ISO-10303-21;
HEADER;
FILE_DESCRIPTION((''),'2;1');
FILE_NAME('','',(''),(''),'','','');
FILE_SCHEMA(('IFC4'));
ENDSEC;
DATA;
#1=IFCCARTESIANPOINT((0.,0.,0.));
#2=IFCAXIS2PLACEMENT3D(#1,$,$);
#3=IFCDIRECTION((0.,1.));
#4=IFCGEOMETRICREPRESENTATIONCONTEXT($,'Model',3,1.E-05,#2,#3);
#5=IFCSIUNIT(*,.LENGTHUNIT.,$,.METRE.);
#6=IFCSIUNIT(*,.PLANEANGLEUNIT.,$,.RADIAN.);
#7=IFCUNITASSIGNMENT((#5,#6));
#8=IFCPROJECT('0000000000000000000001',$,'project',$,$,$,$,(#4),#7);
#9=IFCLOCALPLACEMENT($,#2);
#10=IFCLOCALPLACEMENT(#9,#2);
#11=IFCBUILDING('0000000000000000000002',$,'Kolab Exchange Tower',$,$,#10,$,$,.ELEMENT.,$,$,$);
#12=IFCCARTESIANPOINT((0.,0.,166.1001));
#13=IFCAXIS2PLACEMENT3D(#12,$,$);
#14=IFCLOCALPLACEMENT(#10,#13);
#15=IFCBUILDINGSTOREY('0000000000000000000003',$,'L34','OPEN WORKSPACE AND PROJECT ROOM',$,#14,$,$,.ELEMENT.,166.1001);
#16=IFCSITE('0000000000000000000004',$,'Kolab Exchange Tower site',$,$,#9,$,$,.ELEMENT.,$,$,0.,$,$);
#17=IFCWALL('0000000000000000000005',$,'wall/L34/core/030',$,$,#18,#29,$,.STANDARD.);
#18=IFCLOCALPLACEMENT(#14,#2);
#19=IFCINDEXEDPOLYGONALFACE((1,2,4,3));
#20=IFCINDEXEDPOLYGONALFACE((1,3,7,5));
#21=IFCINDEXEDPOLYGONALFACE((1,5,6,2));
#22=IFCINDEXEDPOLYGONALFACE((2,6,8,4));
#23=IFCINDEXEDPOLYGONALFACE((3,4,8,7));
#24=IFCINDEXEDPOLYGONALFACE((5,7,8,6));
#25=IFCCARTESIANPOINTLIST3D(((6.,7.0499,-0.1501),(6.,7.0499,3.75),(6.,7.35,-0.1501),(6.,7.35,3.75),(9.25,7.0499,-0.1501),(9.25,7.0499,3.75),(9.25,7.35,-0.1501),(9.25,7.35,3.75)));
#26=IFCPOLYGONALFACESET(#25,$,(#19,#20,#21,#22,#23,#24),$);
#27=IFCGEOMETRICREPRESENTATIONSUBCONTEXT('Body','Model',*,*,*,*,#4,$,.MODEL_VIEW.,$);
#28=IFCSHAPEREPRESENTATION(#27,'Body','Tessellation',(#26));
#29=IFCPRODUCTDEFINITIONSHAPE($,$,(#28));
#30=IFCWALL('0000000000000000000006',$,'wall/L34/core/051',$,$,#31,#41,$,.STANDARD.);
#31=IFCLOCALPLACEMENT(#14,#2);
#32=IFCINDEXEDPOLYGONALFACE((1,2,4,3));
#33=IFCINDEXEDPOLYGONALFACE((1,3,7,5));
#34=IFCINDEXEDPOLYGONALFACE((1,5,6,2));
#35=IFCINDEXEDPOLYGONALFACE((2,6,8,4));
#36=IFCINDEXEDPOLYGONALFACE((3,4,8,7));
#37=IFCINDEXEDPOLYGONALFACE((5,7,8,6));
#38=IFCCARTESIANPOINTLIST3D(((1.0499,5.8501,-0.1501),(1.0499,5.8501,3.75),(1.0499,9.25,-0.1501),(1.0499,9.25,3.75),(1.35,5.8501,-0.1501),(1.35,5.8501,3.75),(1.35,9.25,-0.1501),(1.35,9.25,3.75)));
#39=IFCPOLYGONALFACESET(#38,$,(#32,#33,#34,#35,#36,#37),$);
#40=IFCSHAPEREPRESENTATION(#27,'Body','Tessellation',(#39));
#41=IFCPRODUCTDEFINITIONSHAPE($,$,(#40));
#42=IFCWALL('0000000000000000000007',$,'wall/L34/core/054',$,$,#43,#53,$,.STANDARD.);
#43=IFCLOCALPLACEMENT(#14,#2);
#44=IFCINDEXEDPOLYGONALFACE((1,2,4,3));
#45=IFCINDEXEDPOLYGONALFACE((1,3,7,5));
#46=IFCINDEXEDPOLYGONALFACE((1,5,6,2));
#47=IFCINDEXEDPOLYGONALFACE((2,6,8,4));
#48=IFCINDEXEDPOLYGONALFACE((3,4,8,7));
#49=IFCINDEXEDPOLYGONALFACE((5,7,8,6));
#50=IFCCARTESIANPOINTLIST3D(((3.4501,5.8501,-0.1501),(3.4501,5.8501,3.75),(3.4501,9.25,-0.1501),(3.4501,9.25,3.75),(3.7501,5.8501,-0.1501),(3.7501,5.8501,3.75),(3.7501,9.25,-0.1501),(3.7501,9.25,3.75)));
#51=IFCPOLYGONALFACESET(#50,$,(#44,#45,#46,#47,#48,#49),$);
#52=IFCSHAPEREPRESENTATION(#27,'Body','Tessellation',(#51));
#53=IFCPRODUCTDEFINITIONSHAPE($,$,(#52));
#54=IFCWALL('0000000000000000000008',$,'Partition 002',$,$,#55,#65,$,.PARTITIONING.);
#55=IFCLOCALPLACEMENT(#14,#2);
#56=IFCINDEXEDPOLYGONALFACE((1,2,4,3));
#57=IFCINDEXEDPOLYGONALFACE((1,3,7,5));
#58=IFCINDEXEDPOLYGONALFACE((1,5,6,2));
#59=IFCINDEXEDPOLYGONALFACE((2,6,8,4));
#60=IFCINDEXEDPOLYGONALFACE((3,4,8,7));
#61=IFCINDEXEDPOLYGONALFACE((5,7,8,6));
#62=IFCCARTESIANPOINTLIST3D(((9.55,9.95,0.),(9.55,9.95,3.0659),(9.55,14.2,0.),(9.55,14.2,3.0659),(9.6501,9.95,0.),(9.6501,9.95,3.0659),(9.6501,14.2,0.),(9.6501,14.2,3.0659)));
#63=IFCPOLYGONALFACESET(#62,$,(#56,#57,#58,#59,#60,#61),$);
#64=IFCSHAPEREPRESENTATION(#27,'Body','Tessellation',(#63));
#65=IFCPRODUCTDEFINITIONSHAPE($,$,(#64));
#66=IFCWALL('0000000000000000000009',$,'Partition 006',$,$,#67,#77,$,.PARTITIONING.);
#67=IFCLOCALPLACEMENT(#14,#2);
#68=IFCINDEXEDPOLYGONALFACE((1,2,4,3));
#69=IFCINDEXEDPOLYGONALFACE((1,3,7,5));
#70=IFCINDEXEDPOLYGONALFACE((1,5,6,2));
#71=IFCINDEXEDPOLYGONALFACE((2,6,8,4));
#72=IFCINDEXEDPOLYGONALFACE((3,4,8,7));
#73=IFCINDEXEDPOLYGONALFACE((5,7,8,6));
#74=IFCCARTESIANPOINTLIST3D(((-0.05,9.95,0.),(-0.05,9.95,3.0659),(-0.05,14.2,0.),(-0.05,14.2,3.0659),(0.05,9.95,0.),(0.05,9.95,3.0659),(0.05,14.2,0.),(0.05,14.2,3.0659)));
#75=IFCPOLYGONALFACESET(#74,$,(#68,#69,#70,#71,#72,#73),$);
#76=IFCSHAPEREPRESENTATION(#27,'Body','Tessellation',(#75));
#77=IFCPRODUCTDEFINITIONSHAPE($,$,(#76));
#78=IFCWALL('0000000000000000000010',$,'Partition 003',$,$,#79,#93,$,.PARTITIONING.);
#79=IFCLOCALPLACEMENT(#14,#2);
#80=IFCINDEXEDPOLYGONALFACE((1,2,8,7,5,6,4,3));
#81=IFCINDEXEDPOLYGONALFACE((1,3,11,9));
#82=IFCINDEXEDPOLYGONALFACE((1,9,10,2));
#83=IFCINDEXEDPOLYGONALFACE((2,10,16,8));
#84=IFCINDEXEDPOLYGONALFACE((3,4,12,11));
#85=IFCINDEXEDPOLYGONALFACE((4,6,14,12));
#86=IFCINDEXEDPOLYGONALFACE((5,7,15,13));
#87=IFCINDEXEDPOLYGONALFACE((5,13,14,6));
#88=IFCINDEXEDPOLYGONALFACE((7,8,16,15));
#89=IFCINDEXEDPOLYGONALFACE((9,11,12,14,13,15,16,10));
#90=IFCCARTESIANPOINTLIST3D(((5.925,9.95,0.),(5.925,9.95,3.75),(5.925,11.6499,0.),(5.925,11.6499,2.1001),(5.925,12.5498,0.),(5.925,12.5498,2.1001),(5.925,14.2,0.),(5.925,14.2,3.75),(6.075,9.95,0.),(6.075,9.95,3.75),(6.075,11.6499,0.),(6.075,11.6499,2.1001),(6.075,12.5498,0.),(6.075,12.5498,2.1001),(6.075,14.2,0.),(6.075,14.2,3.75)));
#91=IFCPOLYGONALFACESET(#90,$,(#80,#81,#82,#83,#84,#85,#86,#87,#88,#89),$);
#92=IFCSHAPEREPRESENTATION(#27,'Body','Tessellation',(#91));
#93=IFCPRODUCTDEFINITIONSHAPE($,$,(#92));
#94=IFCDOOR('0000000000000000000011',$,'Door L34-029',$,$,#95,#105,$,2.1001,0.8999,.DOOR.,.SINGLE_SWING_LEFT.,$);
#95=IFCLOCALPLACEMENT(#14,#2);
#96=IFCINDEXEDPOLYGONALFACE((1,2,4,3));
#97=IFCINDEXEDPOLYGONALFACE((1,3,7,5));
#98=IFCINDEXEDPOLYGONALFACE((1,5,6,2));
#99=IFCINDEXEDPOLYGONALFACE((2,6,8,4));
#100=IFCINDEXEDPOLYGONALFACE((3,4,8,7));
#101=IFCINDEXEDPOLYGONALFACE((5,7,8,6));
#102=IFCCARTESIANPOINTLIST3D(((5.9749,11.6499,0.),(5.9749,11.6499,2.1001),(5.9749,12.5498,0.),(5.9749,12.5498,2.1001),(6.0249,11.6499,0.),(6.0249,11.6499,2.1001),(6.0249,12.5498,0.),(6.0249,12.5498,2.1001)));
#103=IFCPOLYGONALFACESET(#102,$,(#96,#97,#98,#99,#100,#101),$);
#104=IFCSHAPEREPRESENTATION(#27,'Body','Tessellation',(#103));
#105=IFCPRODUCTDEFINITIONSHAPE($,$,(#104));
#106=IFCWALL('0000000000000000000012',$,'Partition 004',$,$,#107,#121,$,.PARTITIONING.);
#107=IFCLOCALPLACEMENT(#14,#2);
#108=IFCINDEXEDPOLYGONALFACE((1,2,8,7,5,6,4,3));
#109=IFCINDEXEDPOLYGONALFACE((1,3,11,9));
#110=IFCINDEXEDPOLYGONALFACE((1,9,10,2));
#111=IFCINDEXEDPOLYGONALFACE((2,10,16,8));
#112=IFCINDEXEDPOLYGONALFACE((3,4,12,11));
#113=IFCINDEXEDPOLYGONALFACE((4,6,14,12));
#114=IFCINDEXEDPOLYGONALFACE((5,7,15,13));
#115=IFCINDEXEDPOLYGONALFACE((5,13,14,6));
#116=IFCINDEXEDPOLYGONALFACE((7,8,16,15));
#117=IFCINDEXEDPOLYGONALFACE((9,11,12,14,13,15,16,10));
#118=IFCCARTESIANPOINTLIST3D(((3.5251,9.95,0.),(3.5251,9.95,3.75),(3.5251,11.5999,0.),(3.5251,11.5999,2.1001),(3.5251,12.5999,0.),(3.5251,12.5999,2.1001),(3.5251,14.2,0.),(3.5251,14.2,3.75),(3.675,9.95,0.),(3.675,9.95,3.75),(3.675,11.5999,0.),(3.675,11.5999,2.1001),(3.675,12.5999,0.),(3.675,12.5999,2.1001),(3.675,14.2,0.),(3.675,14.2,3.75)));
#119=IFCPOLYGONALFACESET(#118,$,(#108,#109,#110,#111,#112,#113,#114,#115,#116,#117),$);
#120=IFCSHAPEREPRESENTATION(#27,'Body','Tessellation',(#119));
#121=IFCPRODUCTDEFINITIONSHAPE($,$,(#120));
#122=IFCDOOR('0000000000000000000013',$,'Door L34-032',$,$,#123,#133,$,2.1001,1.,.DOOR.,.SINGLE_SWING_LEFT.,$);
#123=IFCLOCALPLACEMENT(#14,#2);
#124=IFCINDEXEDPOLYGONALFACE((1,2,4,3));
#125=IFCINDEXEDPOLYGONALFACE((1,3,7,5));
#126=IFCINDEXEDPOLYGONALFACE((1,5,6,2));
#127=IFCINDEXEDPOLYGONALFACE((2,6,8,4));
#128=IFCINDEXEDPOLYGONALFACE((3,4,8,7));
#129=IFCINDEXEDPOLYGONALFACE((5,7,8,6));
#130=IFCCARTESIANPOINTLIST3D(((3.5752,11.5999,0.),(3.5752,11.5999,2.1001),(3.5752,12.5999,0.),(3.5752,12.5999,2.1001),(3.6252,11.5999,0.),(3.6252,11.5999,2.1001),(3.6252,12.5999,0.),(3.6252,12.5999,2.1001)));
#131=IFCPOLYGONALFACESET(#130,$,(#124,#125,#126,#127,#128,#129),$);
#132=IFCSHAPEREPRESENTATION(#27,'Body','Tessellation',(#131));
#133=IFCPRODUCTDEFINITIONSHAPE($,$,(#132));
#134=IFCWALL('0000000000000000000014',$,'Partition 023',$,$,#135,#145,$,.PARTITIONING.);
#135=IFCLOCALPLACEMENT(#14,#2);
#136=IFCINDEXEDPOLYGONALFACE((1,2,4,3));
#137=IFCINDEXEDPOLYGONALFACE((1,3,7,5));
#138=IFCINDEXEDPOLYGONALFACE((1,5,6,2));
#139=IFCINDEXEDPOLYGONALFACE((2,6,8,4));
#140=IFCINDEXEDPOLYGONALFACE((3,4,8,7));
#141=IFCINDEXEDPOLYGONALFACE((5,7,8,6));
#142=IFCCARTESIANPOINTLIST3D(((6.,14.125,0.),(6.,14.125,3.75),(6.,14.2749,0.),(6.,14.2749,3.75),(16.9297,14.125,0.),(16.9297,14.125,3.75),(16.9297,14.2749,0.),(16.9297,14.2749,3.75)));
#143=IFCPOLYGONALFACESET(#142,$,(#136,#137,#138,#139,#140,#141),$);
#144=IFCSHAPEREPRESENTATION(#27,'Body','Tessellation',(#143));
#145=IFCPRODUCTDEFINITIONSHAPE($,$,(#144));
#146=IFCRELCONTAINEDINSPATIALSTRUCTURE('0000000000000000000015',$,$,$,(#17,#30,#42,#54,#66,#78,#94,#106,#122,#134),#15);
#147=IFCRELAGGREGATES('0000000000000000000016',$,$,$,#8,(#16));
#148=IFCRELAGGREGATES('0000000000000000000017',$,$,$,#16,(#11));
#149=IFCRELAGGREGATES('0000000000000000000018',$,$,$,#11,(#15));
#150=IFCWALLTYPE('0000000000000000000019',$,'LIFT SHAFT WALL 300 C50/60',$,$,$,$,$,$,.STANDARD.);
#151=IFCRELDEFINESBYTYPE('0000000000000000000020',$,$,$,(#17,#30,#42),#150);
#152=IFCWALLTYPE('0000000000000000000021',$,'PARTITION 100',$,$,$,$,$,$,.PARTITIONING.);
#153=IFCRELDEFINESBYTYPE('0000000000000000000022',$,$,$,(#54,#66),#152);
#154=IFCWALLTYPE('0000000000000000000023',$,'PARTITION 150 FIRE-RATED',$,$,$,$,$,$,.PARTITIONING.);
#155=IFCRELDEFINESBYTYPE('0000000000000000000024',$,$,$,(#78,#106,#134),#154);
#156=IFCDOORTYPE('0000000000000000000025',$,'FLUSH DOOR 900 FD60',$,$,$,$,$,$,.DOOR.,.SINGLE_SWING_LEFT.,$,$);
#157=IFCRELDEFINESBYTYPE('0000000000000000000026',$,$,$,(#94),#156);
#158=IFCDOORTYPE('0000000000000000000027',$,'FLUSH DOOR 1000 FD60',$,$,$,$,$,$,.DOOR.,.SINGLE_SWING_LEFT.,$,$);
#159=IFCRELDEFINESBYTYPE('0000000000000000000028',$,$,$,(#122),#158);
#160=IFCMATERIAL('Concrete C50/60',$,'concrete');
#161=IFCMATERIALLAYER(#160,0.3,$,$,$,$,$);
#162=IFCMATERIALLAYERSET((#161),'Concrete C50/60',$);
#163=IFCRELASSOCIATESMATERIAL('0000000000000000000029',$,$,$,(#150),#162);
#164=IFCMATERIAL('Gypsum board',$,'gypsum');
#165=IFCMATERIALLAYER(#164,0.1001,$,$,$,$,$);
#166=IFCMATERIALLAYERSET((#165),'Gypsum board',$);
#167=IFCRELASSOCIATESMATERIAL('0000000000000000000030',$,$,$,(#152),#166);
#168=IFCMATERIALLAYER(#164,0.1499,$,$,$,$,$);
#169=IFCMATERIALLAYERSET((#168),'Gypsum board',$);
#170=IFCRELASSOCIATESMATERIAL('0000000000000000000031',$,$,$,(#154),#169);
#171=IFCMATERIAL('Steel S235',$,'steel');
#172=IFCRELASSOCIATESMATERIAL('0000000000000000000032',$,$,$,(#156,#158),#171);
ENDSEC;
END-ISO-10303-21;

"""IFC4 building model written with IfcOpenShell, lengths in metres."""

from ifc_helpers import new_model, si_unit, direction, frame, frame_2d, origin, place, context, subcontext, project, spatial, rectangle, extrude, material, layer, layer_set, type_object, element, fill, save


model = new_model("IFC4")

# Units and contexts
model_context = context("Model", 3, precision=1e-05, world=origin(), true_north=direction((0.0, 1.0)))
body_context = subcontext(model_context, "Body", "Model", "MODEL_VIEW")
ifc_project = project(units=[si_unit("LENGTHUNIT", "METRE"), si_unit("PLANEANGLEUNIT", "RADIAN")], contexts=[model_context])

# Site, building, storey
site_placement = place(None, origin())
site = spatial("IfcSite", under=ifc_project, at=site_placement, Name="Kolab Exchange Tower site", CompositionType="ELEMENT", RefElevation=0.0)
building_placement = place(site_placement, origin())
building = spatial("IfcBuilding", under=site, at=building_placement, Name="Kolab Exchange Tower", CompositionType="ELEMENT")
storey_placement = place(building_placement, frame((0.0, 0.0, 166.1001)))
storey = spatial("IfcBuildingStorey", under=building, at=storey_placement, Name="L34", Description="OPEN WORKSPACE AND PROJECT ROOM", CompositionType="ELEMENT", Elevation=166.1001)

# Shared definitions
ifc_material_1 = material(Name="Concrete C50/60", Category="concrete")
ifc_layer_1 = layer(ifc_material_1, 0.3)
ifc_layer_set_1 = layer_set([ifc_layer_1], Name="Concrete C50/60")
wall_type_1 = type_object("IfcWallType", Name="LIFT SHAFT WALL 300 C50/60", PredefinedType="STANDARD", material=ifc_layer_set_1)

# Walls
wall_1_placement = place(storey_placement, frame((6.0, 7.2, -0.1501), z_axis=(0.0, 0.0, 1.0), x_axis=(1.0, 0.0, 0.0)))
element("IfcWall", 1, at=wall_1_placement, inside=storey, type_object=wall_type_1, Name="wall/L34/core/030", PredefinedType="STANDARD", context=body_context, shape_type="SweptSolid", body=[
    extrude(rectangle(XDim=3.25, YDim=0.3, at=frame_2d((1.625, 0.0))), origin(), (0.0, 0.0, 1.0), 3.9001),
])
for number, where, z_axis, x_axis, name in (
    (2, (1.2, 5.8501, -0.1501), (0.0, 0.0, 1.0), (0.0, 1.0, 0.0), "wall/L34/core/051"),
    (3, (3.6001, 5.8501, -0.1501), (0.0, 0.0, 1.0), (0.0, 1.0, 0.0), "wall/L34/core/054"),
):
    element("IfcWall", number, at=place(storey_placement, frame(where, z_axis=z_axis, x_axis=x_axis)), inside=storey, type_object=wall_type_1, Name=name, PredefinedType="STANDARD", context=body_context, shape_type="SweptSolid", body=[
        extrude(rectangle(XDim=3.3999, YDim=0.3, at=frame_2d((1.7, 0.0))), origin(), (0.0, 0.0, 1.0), 3.9001),
    ])
ifc_material_2 = material(Name="Gypsum board", Category="gypsum")
ifc_layer_2 = layer(ifc_material_2, 0.1001)
ifc_layer_set_2 = layer_set([ifc_layer_2], Name="Gypsum board")
wall_type_2 = type_object("IfcWallType", Name="PARTITION 100", PredefinedType="PARTITIONING", material=ifc_layer_set_2)
for number, where, z_axis, x_axis, name in (
    (4, (9.6001, 9.95, 0.0), (0.0, 0.0, 1.0), (0.0, 1.0, 0.0), "Partition 002"),
    (5, (0.0, 9.95, 0.0), (0.0, 0.0, 1.0), (0.0, 1.0, 0.0), "Partition 006"),
):
    element("IfcWall", number, at=place(storey_placement, frame(where, z_axis=z_axis, x_axis=x_axis)), inside=storey, type_object=wall_type_2, Name=name, PredefinedType="PARTITIONING", context=body_context, shape_type="SweptSolid", body=[
        extrude(rectangle(XDim=4.25, YDim=0.1001, at=frame_2d((2.125, 0.0))), origin(), (0.0, 0.0, 1.0), 3.0659),
    ])

# Walls, openings, doors
ifc_layer_3 = layer(ifc_material_2, 0.1499)
ifc_layer_set_3 = layer_set([ifc_layer_3], Name="Gypsum board")
wall_type_3 = type_object("IfcWallType", Name="PARTITION 150 FIRE-RATED", PredefinedType="PARTITIONING", material=ifc_layer_set_3)
wall_2_placement = place(storey_placement, frame((6.0, 9.95, 0.0), z_axis=(0.0, 0.0, 1.0), x_axis=(0.0, 1.0, 0.0)))
wall_2 = element("IfcWall", 6, at=wall_2_placement, inside=storey, type_object=wall_type_3, Name="Partition 003", PredefinedType="PARTITIONING", context=body_context, shape_type="SweptSolid", body=[
    extrude(rectangle(XDim=4.25, YDim=0.1499, at=frame_2d((2.125, 0.0))), origin(), (0.0, 0.0, 1.0), 3.75),
])
opening_1_placement = place(wall_2_placement, frame((1.7, 0.0, 0.0)))
opening_1 = element("IfcOpeningElement", 7, at=opening_1_placement, cuts=wall_2, PredefinedType="OPENING", context=body_context, shape_type="SweptSolid", body=[
    extrude(rectangle(XDim=0.8999, YDim=2.1001, at=frame_2d((0.45, 1.05))), frame((0.0, 0.085, 0.0), z_axis=(0.0, -1.0, 0.0), x_axis=(1.0, 0.0, 0.0)), (0.0, 0.0, 1.0), 0.1699),
])
ifc_material_3 = material(Name="Steel S235", Category="steel")
door_type_1 = type_object("IfcDoorType", Name="FLUSH DOOR 900 FD60", OperationType="SINGLE_SWING_LEFT", PredefinedType="DOOR", material=ifc_material_3)
door_1_placement = place(opening_1_placement, frame((0.8999, 0.0, 0.0), z_axis=(0.0, 0.0, 1.0), x_axis=(-1.0, 0.0, 0.0)))
door_1 = element("IfcDoor", 8, at=door_1_placement, inside=storey, type_object=door_type_1, Name="Door L34-029", OperationType="SINGLE_SWING_LEFT", OverallHeight=2.1001, OverallWidth=0.8999, PredefinedType="DOOR", context=body_context, shape_type="SweptSolid", body=[
    extrude(rectangle(XDim=0.8999, YDim=2.1001, at=frame_2d((0.45, 1.05))), frame((0.0, 0.0249, 0.0), z_axis=(0.0, -1.0, 0.0), x_axis=(1.0, 0.0, 0.0)), (0.0, 0.0, 1.0), 0.05),
])
fill(opening_1, door_1)
wall_3_placement = place(storey_placement, frame((3.6001, 9.95, 0.0), z_axis=(0.0, 0.0, 1.0), x_axis=(0.0, 1.0, 0.0)))
wall_3 = element("IfcWall", 9, at=wall_3_placement, inside=storey, type_object=wall_type_3, Name="Partition 004", PredefinedType="PARTITIONING", context=body_context, shape_type="SweptSolid", body=[
    extrude(rectangle(XDim=4.25, YDim=0.1499, at=frame_2d((2.125, 0.0))), origin(), (0.0, 0.0, 1.0), 3.75),
])
opening_2_placement = place(wall_3_placement, frame((1.6499, 0.0, 0.0)))
opening_2 = element("IfcOpeningElement", 10, at=opening_2_placement, cuts=wall_3, PredefinedType="OPENING", context=body_context, shape_type="SweptSolid", body=[
    extrude(rectangle(XDim=1.0, YDim=2.1001, at=frame_2d((0.5, 1.05))), frame((0.0, 0.085, 0.0), z_axis=(0.0, -1.0, 0.0), x_axis=(1.0, 0.0, 0.0)), (0.0, 0.0, 1.0), 0.1699),
])
door_type_2 = type_object("IfcDoorType", Name="FLUSH DOOR 1000 FD60", OperationType="SINGLE_SWING_LEFT", PredefinedType="DOOR", material=ifc_material_3)
door_2_placement = place(opening_2_placement, origin())
door_2 = element("IfcDoor", 11, at=door_2_placement, inside=storey, type_object=door_type_2, Name="Door L34-032", OperationType="SINGLE_SWING_LEFT", OverallHeight=2.1001, OverallWidth=1.0, PredefinedType="DOOR", context=body_context, shape_type="SweptSolid", body=[
    extrude(rectangle(XDim=1.0, YDim=2.1001, at=frame_2d((0.5, 1.05))), frame((0.0, 0.0249, 0.0), z_axis=(0.0, -1.0, 0.0), x_axis=(1.0, 0.0, 0.0)), (0.0, 0.0, 1.0), 0.05),
])
fill(opening_2, door_2)

# Wall
wall_4_placement = place(storey_placement, frame((6.0, 14.2, 0.0), z_axis=(0.0, 0.0, 1.0), x_axis=(1.0, 0.0, 0.0)))
element("IfcWall", 12, at=wall_4_placement, inside=storey, type_object=wall_type_3, Name="Partition 023", PredefinedType="PARTITIONING", context=body_context, shape_type="SweptSolid", body=[
    extrude(rectangle(XDim=10.9297, YDim=0.1499, at=frame_2d((5.4648, 0.0))), origin(), (0.0, 0.0, 1.0), 3.75),
])

save(model, "model.ifc")
